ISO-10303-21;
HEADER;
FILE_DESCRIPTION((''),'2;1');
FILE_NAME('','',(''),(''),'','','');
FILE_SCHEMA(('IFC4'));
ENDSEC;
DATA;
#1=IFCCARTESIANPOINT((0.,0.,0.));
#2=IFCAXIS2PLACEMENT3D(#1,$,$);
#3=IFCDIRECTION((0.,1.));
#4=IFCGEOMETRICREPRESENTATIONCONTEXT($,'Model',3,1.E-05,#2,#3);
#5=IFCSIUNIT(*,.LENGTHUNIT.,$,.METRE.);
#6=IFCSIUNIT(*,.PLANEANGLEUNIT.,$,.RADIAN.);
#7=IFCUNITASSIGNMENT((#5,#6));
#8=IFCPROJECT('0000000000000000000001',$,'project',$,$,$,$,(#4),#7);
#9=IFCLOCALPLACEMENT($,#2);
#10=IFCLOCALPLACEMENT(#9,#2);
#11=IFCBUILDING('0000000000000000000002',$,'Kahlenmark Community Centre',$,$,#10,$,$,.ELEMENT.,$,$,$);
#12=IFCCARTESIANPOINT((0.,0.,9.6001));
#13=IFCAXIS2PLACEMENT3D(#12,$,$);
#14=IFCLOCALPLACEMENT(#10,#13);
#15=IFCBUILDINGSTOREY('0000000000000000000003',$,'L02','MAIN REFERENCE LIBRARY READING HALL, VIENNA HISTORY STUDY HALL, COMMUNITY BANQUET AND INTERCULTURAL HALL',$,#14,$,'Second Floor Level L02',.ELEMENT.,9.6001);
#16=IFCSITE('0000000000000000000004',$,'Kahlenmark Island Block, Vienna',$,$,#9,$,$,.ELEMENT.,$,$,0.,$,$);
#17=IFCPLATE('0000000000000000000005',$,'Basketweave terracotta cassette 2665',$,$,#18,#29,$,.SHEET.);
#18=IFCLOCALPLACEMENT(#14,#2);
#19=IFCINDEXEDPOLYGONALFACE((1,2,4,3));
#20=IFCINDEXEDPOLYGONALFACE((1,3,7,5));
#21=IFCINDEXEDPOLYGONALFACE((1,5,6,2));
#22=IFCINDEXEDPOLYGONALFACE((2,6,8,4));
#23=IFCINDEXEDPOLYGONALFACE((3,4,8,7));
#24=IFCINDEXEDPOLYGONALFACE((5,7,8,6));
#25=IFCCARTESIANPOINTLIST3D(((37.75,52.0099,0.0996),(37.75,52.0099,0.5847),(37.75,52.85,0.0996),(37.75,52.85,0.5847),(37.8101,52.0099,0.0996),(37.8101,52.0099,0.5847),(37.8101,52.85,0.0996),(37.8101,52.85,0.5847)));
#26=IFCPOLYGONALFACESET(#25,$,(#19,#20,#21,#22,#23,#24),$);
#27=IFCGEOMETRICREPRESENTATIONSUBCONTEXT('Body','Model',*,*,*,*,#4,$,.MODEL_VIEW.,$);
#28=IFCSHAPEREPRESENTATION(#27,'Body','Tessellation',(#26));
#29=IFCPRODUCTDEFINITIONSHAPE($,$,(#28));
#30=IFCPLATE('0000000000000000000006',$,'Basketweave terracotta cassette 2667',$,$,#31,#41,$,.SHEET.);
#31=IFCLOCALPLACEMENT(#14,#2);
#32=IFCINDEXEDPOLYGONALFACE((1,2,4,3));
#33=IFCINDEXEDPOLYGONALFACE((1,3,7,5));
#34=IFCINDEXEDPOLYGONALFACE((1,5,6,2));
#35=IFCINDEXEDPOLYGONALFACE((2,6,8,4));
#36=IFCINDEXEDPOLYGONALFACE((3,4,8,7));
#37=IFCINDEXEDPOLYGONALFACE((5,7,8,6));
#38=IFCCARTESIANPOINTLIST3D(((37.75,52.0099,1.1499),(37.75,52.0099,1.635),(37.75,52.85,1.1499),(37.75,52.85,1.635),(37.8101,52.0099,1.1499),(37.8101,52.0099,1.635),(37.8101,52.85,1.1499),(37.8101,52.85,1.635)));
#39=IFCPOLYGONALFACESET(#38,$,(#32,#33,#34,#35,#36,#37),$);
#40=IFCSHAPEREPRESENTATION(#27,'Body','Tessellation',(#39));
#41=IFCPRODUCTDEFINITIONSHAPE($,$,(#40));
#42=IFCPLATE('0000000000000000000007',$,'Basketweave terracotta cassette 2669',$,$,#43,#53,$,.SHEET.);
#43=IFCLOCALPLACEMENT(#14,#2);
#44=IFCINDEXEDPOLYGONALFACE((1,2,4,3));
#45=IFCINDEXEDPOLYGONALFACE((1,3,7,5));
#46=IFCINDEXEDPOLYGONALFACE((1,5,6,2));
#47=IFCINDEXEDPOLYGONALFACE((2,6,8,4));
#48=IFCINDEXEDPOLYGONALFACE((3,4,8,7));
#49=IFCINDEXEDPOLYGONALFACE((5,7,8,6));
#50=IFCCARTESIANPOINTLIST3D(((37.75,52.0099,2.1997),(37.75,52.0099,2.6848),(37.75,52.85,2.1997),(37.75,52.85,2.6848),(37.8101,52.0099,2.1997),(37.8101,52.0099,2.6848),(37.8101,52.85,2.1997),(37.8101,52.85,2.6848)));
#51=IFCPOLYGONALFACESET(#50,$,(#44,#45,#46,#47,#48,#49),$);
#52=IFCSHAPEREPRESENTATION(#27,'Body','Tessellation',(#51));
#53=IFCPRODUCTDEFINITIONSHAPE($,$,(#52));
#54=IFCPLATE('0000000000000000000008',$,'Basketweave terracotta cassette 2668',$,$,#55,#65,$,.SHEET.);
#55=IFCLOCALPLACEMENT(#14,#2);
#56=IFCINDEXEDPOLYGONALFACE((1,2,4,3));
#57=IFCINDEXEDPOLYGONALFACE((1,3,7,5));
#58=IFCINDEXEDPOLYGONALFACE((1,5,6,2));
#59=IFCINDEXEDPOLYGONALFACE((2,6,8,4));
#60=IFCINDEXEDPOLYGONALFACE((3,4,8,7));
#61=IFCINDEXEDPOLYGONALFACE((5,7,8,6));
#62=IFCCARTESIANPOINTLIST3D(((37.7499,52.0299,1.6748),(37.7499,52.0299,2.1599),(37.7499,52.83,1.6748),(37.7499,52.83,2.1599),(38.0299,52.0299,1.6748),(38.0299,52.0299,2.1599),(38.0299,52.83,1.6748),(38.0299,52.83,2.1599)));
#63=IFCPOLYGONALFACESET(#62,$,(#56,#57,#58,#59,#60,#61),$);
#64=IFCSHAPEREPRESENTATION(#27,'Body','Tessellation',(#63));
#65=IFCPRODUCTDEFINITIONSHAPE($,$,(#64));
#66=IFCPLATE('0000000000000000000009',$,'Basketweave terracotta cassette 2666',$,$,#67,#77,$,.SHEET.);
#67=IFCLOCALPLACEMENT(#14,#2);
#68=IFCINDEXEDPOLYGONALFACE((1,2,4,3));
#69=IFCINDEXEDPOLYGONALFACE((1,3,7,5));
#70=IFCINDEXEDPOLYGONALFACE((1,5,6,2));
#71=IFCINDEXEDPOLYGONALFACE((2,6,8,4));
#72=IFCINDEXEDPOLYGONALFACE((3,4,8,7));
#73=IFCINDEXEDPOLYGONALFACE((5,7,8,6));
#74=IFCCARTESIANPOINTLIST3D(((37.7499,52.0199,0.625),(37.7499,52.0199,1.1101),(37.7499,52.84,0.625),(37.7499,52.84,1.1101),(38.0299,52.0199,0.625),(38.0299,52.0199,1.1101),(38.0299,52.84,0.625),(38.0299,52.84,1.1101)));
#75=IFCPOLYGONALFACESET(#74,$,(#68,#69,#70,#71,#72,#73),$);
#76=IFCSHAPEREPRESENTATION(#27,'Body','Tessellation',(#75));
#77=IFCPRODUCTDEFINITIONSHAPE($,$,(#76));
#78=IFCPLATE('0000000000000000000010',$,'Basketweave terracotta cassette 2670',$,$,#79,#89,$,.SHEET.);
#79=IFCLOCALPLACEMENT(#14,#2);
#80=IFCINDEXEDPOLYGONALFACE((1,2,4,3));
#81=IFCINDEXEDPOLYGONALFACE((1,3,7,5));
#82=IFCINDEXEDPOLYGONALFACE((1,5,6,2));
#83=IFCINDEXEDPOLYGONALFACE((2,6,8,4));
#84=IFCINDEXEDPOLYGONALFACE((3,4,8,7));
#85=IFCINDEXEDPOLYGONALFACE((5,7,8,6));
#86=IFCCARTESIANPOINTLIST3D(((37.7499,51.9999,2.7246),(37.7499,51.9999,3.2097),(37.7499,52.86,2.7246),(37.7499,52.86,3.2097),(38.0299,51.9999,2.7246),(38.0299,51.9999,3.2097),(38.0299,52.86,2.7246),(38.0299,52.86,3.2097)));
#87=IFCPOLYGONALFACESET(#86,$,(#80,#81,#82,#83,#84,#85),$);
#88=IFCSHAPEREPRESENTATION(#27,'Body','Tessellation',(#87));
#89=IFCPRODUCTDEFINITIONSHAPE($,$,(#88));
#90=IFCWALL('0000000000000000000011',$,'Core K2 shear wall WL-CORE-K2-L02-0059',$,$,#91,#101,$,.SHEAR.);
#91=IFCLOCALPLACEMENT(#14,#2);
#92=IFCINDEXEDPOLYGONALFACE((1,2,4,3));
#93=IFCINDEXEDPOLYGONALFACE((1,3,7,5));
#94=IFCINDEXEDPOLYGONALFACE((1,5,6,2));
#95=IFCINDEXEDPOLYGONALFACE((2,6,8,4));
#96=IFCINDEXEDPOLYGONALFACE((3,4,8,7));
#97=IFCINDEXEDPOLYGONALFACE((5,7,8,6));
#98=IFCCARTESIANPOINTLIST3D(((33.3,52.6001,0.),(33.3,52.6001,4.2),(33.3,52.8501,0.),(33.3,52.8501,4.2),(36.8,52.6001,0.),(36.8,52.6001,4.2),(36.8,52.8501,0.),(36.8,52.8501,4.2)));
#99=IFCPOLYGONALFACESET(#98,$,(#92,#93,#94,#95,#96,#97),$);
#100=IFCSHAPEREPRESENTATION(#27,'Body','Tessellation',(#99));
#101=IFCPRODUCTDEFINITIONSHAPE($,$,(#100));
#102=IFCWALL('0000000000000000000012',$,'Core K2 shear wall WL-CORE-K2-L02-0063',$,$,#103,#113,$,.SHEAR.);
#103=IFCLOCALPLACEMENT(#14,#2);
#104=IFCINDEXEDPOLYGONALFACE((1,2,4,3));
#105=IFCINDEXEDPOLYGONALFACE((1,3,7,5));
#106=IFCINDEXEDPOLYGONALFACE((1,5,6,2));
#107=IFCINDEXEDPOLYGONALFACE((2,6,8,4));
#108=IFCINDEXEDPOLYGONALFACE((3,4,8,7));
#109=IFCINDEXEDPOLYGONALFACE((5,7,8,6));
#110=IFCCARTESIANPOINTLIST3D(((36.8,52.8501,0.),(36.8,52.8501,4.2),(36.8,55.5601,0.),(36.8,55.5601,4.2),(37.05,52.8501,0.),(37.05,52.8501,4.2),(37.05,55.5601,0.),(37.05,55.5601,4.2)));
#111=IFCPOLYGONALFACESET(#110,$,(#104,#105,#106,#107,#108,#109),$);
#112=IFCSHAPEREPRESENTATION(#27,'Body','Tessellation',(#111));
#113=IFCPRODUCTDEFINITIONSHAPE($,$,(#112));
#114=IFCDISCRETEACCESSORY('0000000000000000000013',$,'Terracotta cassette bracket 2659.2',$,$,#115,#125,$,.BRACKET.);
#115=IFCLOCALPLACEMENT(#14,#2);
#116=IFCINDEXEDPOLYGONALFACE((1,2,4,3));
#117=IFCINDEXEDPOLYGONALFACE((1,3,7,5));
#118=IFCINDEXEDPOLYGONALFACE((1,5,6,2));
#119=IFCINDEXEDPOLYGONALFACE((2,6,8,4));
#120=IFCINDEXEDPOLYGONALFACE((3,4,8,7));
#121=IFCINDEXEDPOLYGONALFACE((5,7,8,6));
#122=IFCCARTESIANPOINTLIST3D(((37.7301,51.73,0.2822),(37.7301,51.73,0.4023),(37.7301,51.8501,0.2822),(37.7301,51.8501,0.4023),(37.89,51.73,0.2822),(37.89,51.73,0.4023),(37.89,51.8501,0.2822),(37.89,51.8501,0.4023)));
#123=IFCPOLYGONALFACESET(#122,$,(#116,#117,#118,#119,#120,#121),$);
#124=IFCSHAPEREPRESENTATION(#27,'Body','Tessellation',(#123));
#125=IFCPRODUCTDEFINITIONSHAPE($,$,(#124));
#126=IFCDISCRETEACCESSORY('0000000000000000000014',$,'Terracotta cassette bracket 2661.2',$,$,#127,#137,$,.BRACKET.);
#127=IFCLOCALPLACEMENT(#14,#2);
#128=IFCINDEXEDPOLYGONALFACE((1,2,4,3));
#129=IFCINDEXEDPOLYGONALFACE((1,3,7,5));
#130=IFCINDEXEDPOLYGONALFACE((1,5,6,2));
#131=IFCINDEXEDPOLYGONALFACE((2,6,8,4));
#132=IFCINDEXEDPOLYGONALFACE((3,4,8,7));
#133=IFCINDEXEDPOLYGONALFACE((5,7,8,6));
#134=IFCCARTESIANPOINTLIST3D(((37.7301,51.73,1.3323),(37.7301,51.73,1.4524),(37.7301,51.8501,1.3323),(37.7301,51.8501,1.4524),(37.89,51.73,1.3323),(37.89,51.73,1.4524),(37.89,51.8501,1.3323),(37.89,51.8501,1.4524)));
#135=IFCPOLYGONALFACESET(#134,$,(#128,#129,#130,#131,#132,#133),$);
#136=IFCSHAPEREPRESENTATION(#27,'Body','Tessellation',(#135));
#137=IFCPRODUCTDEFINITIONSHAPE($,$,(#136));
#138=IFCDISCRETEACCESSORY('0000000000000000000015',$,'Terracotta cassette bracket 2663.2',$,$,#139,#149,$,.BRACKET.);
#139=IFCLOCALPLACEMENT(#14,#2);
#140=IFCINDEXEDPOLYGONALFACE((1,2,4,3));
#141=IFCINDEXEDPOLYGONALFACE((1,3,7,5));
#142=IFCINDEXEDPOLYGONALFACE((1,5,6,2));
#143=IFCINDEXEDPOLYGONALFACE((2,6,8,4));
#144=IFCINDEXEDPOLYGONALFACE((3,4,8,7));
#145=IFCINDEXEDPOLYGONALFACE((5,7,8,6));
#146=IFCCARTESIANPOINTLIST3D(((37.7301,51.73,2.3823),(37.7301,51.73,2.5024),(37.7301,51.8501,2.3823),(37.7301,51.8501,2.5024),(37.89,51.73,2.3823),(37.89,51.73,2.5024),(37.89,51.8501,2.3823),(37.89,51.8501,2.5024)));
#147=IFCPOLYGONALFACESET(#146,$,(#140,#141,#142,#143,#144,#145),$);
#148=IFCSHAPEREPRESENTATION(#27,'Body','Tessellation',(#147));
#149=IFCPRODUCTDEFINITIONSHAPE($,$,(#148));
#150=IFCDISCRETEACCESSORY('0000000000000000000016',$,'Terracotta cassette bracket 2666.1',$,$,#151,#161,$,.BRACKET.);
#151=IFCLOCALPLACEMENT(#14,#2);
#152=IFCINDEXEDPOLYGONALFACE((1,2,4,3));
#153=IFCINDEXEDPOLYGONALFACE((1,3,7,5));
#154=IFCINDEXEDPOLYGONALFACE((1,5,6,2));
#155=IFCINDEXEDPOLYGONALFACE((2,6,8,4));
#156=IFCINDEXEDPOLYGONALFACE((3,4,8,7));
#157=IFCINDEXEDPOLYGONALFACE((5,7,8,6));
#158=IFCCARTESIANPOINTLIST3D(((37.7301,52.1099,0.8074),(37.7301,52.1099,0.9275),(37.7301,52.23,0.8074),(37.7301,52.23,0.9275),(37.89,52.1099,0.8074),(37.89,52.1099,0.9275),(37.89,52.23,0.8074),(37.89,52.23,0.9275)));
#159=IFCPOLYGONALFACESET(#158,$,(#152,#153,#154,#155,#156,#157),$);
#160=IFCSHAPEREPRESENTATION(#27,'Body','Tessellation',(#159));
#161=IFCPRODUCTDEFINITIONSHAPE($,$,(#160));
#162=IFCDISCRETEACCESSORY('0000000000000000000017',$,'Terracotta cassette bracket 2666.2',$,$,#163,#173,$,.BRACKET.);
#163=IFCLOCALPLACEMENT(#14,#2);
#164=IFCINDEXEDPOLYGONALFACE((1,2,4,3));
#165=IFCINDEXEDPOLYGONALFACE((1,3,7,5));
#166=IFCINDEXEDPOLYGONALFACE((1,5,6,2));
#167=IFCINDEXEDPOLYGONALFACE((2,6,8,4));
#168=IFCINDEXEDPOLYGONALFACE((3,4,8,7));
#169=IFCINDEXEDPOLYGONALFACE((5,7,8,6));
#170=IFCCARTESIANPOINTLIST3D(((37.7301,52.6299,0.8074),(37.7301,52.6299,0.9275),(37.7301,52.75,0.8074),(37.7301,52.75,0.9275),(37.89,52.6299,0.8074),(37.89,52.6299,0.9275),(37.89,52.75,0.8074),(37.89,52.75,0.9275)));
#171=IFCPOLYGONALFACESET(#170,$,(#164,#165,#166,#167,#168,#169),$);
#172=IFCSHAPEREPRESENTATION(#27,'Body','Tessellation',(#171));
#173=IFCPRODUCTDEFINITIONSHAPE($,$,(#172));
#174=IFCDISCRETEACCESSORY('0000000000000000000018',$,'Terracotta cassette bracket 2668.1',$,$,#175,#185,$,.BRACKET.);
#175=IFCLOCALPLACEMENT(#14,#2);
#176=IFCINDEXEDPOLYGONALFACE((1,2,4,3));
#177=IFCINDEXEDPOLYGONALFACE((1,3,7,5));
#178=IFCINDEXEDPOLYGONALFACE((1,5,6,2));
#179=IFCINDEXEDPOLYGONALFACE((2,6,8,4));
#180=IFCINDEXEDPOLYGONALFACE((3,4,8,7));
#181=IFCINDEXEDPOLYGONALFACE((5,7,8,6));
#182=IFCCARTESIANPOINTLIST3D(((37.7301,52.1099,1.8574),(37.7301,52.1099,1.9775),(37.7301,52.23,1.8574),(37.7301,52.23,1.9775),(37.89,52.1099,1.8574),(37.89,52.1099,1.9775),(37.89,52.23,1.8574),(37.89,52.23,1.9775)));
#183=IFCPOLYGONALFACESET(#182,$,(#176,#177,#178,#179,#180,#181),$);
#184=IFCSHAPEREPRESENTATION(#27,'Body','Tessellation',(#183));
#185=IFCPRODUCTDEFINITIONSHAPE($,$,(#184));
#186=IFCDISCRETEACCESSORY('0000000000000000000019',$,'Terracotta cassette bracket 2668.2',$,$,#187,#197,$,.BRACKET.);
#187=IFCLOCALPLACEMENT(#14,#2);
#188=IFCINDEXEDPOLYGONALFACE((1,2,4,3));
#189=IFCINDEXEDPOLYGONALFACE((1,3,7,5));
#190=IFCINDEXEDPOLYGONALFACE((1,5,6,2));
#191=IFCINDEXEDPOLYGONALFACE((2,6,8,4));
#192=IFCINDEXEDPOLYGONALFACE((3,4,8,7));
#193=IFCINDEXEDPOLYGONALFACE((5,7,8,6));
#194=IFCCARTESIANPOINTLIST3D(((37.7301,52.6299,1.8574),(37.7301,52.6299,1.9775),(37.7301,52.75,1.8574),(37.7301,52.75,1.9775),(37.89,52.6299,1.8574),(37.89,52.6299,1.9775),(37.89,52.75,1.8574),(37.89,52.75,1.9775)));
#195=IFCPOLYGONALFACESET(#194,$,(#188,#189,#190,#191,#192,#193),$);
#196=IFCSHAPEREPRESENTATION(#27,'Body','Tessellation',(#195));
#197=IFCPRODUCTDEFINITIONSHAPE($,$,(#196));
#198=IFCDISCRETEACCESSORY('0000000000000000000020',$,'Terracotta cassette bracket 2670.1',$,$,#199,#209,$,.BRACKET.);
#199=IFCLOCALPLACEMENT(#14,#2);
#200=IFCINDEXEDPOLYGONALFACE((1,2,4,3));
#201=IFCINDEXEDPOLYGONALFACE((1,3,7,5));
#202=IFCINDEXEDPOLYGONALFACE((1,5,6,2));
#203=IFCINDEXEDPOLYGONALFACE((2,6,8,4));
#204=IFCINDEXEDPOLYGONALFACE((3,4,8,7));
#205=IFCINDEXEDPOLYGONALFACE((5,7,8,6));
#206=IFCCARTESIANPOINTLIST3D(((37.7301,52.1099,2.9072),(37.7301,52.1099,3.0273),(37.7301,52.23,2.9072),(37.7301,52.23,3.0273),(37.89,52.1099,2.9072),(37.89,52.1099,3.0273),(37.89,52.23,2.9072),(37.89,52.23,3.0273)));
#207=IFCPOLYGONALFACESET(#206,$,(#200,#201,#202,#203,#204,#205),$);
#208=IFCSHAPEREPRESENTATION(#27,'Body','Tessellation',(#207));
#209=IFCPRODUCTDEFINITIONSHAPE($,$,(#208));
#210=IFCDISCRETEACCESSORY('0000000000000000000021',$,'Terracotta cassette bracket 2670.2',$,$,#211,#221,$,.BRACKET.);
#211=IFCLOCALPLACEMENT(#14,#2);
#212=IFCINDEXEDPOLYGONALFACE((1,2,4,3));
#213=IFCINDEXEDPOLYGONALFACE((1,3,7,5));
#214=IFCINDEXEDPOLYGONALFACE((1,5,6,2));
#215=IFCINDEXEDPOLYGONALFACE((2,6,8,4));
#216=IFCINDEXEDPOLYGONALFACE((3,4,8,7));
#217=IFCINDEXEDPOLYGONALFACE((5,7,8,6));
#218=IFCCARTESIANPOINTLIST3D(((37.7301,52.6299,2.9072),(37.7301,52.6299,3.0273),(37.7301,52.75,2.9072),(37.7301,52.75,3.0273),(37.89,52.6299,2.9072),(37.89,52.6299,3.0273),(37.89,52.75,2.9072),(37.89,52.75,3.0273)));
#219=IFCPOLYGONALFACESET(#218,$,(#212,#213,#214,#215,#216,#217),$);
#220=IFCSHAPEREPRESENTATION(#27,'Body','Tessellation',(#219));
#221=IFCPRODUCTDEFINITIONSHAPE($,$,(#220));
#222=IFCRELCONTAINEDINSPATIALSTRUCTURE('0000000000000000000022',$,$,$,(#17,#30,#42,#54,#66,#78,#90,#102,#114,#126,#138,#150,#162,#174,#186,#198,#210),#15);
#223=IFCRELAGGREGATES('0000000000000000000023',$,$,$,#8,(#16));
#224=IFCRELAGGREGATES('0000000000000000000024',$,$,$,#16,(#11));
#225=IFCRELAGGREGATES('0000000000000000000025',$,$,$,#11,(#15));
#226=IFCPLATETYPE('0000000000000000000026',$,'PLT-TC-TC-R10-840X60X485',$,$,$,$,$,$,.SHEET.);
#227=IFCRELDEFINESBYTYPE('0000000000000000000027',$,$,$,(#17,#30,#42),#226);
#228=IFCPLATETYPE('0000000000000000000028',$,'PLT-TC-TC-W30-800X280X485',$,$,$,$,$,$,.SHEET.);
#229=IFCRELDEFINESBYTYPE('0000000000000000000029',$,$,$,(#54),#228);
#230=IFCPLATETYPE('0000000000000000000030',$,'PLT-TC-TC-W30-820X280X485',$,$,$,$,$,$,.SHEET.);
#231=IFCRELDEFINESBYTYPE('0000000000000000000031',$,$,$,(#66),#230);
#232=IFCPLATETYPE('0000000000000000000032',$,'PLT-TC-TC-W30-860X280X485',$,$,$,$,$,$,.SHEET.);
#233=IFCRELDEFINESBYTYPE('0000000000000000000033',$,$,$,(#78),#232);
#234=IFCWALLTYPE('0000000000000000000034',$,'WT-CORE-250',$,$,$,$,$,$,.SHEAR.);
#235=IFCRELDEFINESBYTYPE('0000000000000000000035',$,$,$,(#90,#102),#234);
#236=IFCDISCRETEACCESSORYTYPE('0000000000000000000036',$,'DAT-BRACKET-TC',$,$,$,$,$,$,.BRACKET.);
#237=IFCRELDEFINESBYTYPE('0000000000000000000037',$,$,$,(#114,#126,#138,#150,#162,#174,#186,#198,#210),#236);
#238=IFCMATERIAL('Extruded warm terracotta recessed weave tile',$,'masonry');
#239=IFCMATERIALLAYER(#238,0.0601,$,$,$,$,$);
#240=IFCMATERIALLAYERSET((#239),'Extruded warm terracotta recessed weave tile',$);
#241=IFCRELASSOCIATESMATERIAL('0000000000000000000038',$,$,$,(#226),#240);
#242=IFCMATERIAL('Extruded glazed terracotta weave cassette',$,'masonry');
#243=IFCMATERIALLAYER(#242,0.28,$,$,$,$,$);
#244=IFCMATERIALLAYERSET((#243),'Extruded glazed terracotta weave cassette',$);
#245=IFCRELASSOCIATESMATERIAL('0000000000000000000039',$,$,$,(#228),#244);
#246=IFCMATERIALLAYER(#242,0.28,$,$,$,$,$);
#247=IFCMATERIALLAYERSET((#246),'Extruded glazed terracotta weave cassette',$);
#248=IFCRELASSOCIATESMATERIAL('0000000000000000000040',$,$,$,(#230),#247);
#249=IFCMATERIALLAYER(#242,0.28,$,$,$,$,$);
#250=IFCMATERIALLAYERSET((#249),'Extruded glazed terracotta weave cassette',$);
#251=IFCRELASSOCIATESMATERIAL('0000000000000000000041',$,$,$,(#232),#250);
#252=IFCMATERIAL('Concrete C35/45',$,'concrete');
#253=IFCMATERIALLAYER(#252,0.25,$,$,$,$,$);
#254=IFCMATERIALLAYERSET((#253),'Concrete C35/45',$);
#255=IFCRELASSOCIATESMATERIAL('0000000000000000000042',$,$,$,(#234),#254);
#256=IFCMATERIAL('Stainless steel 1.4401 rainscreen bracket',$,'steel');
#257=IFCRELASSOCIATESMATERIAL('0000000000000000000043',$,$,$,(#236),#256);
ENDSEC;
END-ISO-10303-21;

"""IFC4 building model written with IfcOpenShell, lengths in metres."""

from ifc_helpers import new_model, si_unit, direction, frame, frame_2d, origin, origin_2d, place, context, subcontext, project, spatial, rectangle, extrude, material, layer, layer_set, type_object, element, save


model = new_model("IFC4")

# Units and contexts
model_context = context("Model", 3, precision=1e-05, world=origin(), true_north=direction((0.0, 1.0)))
body_context = subcontext(model_context, "Body", "Model", "MODEL_VIEW")
ifc_project = project(units=[si_unit("LENGTHUNIT", "METRE"), si_unit("PLANEANGLEUNIT", "RADIAN")], contexts=[model_context])

# Site, building, storey
site_placement = place(None, origin())
site = spatial("IfcSite", under=ifc_project, at=site_placement, Name="Kahlenmark Island Block, Vienna", CompositionType="ELEMENT", RefElevation=0.0)
building_placement = place(site_placement, origin())
building = spatial("IfcBuilding", under=site, at=building_placement, Name="Kahlenmark Community Centre", CompositionType="ELEMENT")
storey_placement = place(building_placement, frame((0.0, 0.0, 9.6001)))
storey = spatial("IfcBuildingStorey", under=building, at=storey_placement, Name="L02", Description="MAIN REFERENCE LIBRARY READING HALL, VIENNA HISTORY STUDY HALL, COMMUNITY BANQUET AND INTERCULTURAL HALL", LongName="Second Floor Level L02", CompositionType="ELEMENT", Elevation=9.6001)

# Plates
ifc_material_1 = material(Name="Extruded warm terracotta recessed weave tile", Category="masonry")
ifc_layer_1 = layer(ifc_material_1, 0.0601)
ifc_layer_set_1 = layer_set([ifc_layer_1], Name="Extruded warm terracotta recessed weave tile")
plate_type_1 = type_object("IfcPlateType", Name="PLT-TC-TC-R10-840X60X485", PredefinedType="SHEET", material=ifc_layer_set_1)
for number, where, z_axis, x_axis, name in (
    (1, (37.78, 52.4299, 0.0996), (0.0, 0.0, 1.0), (0.0, 1.0, 0.0), "Basketweave terracotta cassette 2665"),
    (2, (37.78, 52.4299, 1.1499), (0.0, 0.0, 1.0), (0.0, 1.0, 0.0), "Basketweave terracotta cassette 2667"),
    (3, (37.78, 52.4299, 2.1997), (0.0, 0.0, 1.0), (0.0, 1.0, 0.0), "Basketweave terracotta cassette 2669"),
):
    element("IfcPlate", number, at=place(storey_placement, frame(where, z_axis=z_axis, x_axis=x_axis)), inside=storey, type_object=plate_type_1, Name=name, PredefinedType="SHEET", context=body_context, shape_type="SweptSolid", body=[
        extrude(rectangle(XDim=0.8401, YDim=0.0601, at=origin_2d()), origin(), (0.0, 0.0, 1.0), 0.4851),
    ])
ifc_material_2 = material(Name="Extruded glazed terracotta weave cassette", Category="masonry")
ifc_layer_2 = layer(ifc_material_2, 0.28)
ifc_layer_set_2 = layer_set([ifc_layer_2], Name="Extruded glazed terracotta weave cassette")
plate_type_2 = type_object("IfcPlateType", Name="PLT-TC-TC-W30-800X280X485", PredefinedType="SHEET", material=ifc_layer_set_2)
plate_1_placement = place(storey_placement, frame((37.8899, 52.4299, 1.6748), z_axis=(0.0, 0.0, 1.0), x_axis=(0.0, 1.0, 0.0)))
element("IfcPlate", 4, at=plate_1_placement, inside=storey, type_object=plate_type_2, Name="Basketweave terracotta cassette 2668", PredefinedType="SHEET", context=body_context, shape_type="SweptSolid", body=[
    extrude(rectangle(XDim=0.8, YDim=0.28, at=origin_2d()), origin(), (0.0, 0.0, 1.0), 0.4851),
])
ifc_layer_3 = layer(ifc_material_2, 0.28)
ifc_layer_set_3 = layer_set([ifc_layer_3], Name="Extruded glazed terracotta weave cassette")
plate_type_3 = type_object("IfcPlateType", Name="PLT-TC-TC-W30-820X280X485", PredefinedType="SHEET", material=ifc_layer_set_3)
plate_2_placement = place(storey_placement, frame((37.8899, 52.4299, 0.625), z_axis=(0.0, 0.0, 1.0), x_axis=(0.0, 1.0, 0.0)))
element("IfcPlate", 5, at=plate_2_placement, inside=storey, type_object=plate_type_3, Name="Basketweave terracotta cassette 2666", PredefinedType="SHEET", context=body_context, shape_type="SweptSolid", body=[
    extrude(rectangle(XDim=0.8201, YDim=0.28, at=origin_2d()), origin(), (0.0, 0.0, 1.0), 0.4851),
])
ifc_layer_4 = layer(ifc_material_2, 0.28)
ifc_layer_set_4 = layer_set([ifc_layer_4], Name="Extruded glazed terracotta weave cassette")
plate_type_4 = type_object("IfcPlateType", Name="PLT-TC-TC-W30-860X280X485", PredefinedType="SHEET", material=ifc_layer_set_4)
plate_3_placement = place(storey_placement, frame((37.8899, 52.4299, 2.7246), z_axis=(0.0, 0.0, 1.0), x_axis=(0.0, 1.0, 0.0)))
element("IfcPlate", 6, at=plate_3_placement, inside=storey, type_object=plate_type_4, Name="Basketweave terracotta cassette 2670", PredefinedType="SHEET", context=body_context, shape_type="SweptSolid", body=[
    extrude(rectangle(XDim=0.8601, YDim=0.28, at=origin_2d()), origin(), (0.0, 0.0, 1.0), 0.4851),
])

# Wall
ifc_material_3 = material(Name="Concrete C35/45", Category="concrete")
ifc_layer_5 = layer(ifc_material_3, 0.25)
ifc_layer_set_5 = layer_set([ifc_layer_5], Name="Concrete C35/45")
wall_type = type_object("IfcWallType", Name="WT-CORE-250", PredefinedType="SHEAR", material=ifc_layer_set_5)
wall_1_placement = place(storey_placement, frame((36.8, 52.7251, 0.0), z_axis=(0.0, 0.0, 1.0), x_axis=(-1.0, 0.0, 0.0)))
element("IfcWall", 7, at=wall_1_placement, inside=storey, type_object=wall_type, Name="Core K2 shear wall WL-CORE-K2-L02-0059", PredefinedType="SHEAR", context=body_context, shape_type="SweptSolid", body=[
    extrude(rectangle(XDim=3.5, YDim=0.25, at=frame_2d((1.75, 0.0))), origin(), (0.0, 0.0, 1.0), 4.2),
])

# Wall
wall_2_placement = place(storey_placement, frame((36.925, 52.8501, 0.0), z_axis=(0.0, 0.0, 1.0), x_axis=(0.0, 1.0, 0.0)))
element("IfcWall", 8, at=wall_2_placement, inside=storey, type_object=wall_type, Name="Core K2 shear wall WL-CORE-K2-L02-0063", PredefinedType="SHEAR", context=body_context, shape_type="SweptSolid", body=[
    extrude(rectangle(XDim=2.71, YDim=0.25, at=frame_2d((1.355, 0.0))), origin(), (0.0, 0.0, 1.0), 4.2),
])

# Discrete accessories
ifc_material_4 = material(Name="Stainless steel 1.4401 rainscreen bracket", Category="steel")
discrete_accessory_type = type_object("IfcDiscreteAccessoryType", Name="DAT-BRACKET-TC", PredefinedType="BRACKET", material=ifc_material_4)
for number, where, z_axis, x_axis, name in (
    (9, (37.8101, 51.79, 0.2822), (0.0, 0.0, 1.0), (0.0, 1.0, 0.0), "Terracotta cassette bracket 2659.2"),
    (10, (37.8101, 51.79, 1.3323), (0.0, 0.0, 1.0), (0.0, 1.0, 0.0), "Terracotta cassette bracket 2661.2"),
    (11, (37.8101, 51.79, 2.3823), (0.0, 0.0, 1.0), (0.0, 1.0, 0.0), "Terracotta cassette bracket 2663.2"),
    (12, (37.8101, 52.1699, 0.8074), (0.0, 0.0, 1.0), (0.0, 1.0, 0.0), "Terracotta cassette bracket 2666.1"),
    (13, (37.8101, 52.6899, 0.8074), (0.0, 0.0, 1.0), (0.0, 1.0, 0.0), "Terracotta cassette bracket 2666.2"),
    (14, (37.8101, 52.1699, 1.8574), (0.0, 0.0, 1.0), (0.0, 1.0, 0.0), "Terracotta cassette bracket 2668.1"),
    (15, (37.8101, 52.6899, 1.8574), (0.0, 0.0, 1.0), (0.0, 1.0, 0.0), "Terracotta cassette bracket 2668.2"),
    (16, (37.8101, 52.1699, 2.9072), (0.0, 0.0, 1.0), (0.0, 1.0, 0.0), "Terracotta cassette bracket 2670.1"),
    (17, (37.8101, 52.6899, 2.9072), (0.0, 0.0, 1.0), (0.0, 1.0, 0.0), "Terracotta cassette bracket 2670.2"),
):
    element("IfcDiscreteAccessory", number, at=place(storey_placement, frame(where, z_axis=z_axis, x_axis=x_axis)), inside=storey, type_object=discrete_accessory_type, Name=name, PredefinedType="BRACKET", context=body_context, shape_type="SweptSolid", body=[
        extrude(rectangle(XDim=0.1201, YDim=0.1599, at=origin_2d()), origin(), (0.0, 0.0, 1.0), 0.1201),
    ])

save(model, "model.ifc")
